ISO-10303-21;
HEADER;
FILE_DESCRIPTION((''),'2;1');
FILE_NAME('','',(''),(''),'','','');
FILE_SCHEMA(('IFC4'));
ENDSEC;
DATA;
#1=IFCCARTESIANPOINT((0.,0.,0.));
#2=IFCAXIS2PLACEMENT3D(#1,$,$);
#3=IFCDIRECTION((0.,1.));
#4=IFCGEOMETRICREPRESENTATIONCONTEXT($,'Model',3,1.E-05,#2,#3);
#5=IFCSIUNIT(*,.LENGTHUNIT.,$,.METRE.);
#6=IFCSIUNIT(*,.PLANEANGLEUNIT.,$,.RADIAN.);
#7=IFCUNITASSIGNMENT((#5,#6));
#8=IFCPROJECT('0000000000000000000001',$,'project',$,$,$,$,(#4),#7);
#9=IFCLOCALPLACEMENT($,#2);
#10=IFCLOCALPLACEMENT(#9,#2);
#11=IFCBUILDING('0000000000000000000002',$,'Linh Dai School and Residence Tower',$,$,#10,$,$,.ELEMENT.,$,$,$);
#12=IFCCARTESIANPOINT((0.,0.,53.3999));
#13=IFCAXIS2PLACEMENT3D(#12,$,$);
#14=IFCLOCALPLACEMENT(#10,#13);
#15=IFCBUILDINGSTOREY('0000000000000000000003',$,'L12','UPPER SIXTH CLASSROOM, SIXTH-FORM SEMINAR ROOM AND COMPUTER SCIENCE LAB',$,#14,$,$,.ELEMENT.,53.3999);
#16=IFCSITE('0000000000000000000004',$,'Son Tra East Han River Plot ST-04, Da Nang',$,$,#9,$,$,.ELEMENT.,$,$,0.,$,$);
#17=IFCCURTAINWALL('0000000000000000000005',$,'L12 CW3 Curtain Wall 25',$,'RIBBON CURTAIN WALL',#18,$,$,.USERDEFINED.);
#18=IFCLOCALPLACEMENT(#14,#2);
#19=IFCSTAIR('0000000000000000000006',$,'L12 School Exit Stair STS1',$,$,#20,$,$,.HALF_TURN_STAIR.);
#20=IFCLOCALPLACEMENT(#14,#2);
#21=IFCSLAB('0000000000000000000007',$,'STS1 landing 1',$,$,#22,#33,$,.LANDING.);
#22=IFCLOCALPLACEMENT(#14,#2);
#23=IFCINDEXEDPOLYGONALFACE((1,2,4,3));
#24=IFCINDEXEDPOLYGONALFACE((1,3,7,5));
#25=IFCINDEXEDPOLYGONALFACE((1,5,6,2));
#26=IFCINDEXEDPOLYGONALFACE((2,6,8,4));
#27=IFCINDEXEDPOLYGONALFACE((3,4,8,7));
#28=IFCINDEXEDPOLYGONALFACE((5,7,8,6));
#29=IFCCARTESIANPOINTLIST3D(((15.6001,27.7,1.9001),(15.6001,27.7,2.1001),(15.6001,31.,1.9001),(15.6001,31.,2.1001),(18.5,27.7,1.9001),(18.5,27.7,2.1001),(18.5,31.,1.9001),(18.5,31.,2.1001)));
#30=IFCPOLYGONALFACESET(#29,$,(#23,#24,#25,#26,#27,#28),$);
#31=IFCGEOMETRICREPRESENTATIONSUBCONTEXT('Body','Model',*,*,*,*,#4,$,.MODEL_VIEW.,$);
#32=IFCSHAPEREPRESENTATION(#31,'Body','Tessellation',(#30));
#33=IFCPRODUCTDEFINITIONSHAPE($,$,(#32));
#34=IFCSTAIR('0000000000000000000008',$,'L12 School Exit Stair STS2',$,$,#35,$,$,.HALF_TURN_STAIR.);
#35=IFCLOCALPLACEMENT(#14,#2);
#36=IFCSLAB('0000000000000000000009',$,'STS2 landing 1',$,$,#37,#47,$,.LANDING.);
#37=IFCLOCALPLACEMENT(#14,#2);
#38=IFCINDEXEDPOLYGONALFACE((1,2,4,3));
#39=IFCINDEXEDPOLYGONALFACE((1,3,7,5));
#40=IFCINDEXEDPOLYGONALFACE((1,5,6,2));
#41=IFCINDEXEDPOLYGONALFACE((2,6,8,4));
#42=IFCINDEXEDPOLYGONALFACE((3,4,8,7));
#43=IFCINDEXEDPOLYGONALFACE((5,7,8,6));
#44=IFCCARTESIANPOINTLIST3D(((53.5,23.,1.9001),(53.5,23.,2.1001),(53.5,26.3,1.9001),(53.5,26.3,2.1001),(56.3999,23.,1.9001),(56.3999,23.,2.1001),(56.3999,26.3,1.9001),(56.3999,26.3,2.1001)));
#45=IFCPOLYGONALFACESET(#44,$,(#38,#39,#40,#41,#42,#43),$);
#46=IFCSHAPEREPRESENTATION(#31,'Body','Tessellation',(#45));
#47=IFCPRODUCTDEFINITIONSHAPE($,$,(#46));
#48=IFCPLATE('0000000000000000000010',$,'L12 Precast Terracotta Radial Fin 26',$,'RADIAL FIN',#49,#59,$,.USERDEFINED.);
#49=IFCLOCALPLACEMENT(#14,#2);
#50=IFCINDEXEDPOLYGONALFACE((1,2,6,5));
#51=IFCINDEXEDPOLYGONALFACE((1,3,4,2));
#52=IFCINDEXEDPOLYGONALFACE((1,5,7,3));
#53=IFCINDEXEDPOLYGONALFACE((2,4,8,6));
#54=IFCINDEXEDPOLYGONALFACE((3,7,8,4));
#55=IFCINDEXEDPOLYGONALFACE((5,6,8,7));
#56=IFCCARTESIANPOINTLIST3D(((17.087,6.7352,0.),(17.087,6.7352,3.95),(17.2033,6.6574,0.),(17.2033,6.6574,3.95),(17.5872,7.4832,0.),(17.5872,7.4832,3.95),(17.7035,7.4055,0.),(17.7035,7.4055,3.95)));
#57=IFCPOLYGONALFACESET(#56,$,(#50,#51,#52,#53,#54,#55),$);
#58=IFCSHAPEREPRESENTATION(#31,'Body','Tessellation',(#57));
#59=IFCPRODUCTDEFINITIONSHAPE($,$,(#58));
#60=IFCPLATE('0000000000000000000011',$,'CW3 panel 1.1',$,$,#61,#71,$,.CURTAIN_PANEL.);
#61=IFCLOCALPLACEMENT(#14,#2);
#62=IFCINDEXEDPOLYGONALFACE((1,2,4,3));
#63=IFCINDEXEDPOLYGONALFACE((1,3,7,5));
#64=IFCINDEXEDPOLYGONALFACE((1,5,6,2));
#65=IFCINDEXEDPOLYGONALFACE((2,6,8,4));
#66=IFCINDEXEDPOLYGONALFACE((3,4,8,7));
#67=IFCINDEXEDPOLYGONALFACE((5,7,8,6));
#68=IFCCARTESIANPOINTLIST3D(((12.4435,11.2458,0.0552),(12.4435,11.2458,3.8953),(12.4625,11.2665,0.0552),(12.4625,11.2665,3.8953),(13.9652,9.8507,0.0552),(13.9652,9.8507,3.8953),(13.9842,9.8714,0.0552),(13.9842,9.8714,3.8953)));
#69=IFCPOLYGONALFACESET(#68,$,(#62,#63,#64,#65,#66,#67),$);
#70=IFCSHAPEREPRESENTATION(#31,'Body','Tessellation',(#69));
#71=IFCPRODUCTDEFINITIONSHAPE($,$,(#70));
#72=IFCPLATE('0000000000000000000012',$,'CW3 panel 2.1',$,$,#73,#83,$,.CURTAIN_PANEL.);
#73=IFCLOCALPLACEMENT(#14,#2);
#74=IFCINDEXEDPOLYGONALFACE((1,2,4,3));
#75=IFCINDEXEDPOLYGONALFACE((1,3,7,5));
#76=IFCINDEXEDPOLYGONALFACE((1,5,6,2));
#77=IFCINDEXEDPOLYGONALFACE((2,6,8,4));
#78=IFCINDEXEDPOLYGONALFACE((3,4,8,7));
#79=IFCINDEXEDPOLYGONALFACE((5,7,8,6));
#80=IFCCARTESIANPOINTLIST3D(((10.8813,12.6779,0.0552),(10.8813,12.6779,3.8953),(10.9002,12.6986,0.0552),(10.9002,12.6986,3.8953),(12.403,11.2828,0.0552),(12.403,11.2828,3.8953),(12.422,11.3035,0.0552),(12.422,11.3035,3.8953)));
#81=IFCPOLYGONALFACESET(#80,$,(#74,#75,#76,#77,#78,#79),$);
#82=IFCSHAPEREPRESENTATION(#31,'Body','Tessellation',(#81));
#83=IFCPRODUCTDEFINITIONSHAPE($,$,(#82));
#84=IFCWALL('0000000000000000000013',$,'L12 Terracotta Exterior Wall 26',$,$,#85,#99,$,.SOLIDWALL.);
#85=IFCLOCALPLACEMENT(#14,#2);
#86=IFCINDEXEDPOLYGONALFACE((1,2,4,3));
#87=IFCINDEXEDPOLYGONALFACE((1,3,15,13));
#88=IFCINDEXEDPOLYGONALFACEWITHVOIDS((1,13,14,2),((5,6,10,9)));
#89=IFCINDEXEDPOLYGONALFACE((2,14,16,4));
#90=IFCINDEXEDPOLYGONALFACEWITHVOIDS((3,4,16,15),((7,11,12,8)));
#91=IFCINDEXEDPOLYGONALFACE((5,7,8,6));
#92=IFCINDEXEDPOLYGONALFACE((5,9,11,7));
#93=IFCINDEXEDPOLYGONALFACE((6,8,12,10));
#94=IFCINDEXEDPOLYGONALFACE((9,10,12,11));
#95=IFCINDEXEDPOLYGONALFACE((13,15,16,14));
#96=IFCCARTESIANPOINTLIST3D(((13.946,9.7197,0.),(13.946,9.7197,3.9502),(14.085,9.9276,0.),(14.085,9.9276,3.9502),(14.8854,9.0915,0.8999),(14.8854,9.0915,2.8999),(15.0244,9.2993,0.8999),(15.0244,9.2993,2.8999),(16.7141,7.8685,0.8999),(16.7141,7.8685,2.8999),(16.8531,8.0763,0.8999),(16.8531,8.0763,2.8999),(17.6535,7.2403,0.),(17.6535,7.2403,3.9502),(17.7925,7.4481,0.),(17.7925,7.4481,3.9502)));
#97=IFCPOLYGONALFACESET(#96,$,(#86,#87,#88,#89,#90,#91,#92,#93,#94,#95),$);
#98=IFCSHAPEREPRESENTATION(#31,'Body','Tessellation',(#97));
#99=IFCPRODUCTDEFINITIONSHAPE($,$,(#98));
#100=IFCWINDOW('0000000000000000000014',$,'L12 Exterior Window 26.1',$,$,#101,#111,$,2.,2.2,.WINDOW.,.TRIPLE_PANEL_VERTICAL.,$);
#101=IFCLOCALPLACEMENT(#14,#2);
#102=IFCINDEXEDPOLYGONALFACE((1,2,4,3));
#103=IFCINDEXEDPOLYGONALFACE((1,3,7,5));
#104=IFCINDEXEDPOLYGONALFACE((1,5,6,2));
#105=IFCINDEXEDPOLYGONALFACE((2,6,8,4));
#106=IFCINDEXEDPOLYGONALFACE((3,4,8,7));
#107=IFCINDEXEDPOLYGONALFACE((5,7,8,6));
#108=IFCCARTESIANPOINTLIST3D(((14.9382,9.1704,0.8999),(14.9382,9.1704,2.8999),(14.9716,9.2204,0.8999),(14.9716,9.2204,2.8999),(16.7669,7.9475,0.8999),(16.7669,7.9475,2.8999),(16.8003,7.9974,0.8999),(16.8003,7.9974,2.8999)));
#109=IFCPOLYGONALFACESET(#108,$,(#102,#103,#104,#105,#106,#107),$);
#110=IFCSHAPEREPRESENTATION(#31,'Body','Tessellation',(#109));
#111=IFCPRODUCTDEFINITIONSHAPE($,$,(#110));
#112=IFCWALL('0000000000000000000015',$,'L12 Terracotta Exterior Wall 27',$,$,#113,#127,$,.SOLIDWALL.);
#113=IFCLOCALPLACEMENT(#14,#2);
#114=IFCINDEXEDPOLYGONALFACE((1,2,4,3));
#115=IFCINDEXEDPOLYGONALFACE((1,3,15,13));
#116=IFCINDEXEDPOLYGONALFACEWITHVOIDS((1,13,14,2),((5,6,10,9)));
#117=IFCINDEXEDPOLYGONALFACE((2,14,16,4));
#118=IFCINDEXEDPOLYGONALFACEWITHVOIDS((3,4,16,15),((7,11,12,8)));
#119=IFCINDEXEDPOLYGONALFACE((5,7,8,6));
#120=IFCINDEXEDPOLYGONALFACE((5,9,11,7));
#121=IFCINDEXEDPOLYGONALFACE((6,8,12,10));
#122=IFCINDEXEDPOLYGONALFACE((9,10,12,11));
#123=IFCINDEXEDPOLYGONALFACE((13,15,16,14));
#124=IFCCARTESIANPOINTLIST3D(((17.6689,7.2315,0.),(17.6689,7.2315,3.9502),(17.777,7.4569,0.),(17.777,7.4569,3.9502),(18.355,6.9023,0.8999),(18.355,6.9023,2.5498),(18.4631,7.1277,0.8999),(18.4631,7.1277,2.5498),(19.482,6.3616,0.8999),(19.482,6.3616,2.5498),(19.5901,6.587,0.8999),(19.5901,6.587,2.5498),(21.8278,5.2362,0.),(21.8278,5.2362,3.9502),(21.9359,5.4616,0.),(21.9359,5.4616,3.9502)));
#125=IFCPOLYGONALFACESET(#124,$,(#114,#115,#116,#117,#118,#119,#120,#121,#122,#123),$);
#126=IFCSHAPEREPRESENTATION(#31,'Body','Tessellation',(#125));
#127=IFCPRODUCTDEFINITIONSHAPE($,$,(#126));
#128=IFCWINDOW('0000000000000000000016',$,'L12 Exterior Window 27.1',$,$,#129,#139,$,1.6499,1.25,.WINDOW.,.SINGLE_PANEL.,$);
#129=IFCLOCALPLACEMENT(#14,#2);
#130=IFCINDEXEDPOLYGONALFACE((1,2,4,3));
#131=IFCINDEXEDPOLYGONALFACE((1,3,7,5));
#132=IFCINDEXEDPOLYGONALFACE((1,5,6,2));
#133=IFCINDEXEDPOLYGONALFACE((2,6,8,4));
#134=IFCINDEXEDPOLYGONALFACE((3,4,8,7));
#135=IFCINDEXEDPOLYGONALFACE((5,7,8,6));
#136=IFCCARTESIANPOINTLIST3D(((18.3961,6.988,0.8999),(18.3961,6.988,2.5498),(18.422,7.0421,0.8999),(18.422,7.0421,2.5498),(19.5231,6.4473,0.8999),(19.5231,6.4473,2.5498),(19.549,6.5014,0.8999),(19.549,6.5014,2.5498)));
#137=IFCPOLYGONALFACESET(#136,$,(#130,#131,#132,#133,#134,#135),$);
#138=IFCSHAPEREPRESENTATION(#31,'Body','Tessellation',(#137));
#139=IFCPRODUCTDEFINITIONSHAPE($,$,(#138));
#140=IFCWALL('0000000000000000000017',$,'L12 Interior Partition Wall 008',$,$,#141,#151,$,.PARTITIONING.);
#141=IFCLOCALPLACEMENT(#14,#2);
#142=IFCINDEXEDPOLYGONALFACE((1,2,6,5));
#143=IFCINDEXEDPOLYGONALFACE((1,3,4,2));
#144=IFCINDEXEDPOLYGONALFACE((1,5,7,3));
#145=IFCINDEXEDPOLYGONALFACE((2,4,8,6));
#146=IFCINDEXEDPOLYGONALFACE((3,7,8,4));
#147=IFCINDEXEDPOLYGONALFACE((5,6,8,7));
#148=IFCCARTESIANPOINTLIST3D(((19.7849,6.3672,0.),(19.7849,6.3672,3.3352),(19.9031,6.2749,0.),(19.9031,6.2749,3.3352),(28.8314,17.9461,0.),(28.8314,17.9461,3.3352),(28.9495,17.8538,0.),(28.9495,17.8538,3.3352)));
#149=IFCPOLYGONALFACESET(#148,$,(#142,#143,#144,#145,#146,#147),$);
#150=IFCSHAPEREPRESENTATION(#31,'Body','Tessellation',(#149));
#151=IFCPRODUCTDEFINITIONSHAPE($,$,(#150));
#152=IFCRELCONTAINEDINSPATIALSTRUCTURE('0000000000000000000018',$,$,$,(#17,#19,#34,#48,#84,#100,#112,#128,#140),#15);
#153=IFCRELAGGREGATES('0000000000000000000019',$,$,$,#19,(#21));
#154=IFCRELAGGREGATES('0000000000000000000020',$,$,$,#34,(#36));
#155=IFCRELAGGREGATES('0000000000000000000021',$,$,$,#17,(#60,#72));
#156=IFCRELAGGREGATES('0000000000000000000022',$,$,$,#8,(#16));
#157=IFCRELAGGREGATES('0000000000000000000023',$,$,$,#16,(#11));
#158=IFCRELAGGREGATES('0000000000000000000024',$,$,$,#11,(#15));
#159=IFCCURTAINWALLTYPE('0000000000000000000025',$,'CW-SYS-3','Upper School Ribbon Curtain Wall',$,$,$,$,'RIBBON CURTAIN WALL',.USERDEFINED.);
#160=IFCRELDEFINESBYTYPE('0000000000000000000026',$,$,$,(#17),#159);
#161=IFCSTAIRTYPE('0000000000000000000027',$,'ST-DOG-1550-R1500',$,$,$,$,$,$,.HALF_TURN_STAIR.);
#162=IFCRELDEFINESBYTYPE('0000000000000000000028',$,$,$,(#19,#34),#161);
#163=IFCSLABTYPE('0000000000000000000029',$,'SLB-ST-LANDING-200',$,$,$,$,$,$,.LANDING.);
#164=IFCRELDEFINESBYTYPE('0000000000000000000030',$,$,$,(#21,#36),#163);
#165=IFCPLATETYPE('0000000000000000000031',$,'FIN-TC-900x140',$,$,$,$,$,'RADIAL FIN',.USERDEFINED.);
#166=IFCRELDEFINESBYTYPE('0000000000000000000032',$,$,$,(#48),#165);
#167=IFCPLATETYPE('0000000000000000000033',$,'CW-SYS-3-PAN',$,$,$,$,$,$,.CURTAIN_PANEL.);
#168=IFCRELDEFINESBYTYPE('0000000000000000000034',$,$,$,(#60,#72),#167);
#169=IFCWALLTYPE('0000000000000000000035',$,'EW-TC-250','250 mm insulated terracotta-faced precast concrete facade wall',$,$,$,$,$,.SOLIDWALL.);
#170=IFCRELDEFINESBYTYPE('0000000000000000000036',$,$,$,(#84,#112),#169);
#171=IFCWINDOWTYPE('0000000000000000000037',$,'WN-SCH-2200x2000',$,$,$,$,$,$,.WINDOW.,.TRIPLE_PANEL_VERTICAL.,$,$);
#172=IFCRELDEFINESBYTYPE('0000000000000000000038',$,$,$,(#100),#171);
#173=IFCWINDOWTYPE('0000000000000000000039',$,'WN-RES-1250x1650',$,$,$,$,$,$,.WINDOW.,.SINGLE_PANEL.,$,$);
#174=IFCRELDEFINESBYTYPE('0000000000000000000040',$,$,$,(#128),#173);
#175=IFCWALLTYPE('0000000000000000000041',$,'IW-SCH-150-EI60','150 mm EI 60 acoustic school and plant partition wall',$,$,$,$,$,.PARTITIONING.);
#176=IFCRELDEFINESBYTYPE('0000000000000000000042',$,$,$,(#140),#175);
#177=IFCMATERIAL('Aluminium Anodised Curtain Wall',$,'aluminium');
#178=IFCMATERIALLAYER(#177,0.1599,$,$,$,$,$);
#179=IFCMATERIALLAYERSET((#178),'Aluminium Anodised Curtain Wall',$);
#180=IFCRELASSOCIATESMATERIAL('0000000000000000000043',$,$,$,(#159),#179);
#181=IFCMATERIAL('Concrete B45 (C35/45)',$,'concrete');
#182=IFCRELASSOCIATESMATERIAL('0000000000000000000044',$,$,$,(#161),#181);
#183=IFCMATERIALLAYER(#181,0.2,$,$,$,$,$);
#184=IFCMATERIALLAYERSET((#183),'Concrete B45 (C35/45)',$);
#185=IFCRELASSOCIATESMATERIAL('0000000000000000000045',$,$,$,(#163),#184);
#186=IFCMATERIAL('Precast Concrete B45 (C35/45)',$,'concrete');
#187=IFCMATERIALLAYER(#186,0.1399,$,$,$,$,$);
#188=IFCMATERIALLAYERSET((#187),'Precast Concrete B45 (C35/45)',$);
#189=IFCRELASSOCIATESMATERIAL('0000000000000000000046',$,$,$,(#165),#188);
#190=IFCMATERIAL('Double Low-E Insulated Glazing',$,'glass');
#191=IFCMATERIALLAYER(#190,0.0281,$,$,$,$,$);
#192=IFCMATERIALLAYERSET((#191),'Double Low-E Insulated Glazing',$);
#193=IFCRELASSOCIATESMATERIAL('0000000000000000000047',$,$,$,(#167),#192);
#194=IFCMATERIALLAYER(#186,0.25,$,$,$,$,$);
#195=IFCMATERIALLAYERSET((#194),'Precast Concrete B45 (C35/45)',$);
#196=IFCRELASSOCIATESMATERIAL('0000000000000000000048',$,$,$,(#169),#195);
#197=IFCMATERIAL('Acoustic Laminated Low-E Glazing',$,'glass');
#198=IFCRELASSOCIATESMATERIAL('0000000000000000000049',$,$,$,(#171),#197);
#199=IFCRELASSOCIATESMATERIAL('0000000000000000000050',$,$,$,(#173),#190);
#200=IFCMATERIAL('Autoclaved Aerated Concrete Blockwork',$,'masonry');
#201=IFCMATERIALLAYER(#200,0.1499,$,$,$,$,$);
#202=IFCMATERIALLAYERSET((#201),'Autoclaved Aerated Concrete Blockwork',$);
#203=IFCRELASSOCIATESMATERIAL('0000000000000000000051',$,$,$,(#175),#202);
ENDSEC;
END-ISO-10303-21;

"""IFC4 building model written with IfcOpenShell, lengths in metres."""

from ifc_helpers import new_model, si_unit, direction, frame, frame_2d, origin, origin_2d, place, context, subcontext, project, spatial, polyline, rectangle, outline, extrude, source, transform, mapped, material, layer, layer_set, type_object, element, fill, aggregate, save


model = new_model("IFC4")

# Units and contexts
model_context = context("Model", 3, precision=1e-05, world=origin(), true_north=direction((0.0, 1.0)))
body_context = subcontext(model_context, "Body", "Model", "MODEL_VIEW")
ifc_project = project(units=[si_unit("LENGTHUNIT", "METRE"), si_unit("PLANEANGLEUNIT", "RADIAN")], contexts=[model_context])

# Site, building, storey
site_placement = place(None, origin())
site = spatial("IfcSite", under=ifc_project, at=site_placement, Name="Son Tra East Han River Plot ST-04, Da Nang", CompositionType="ELEMENT", RefElevation=0.0)
building_placement = place(site_placement, origin())
building = spatial("IfcBuilding", under=site, at=building_placement, Name="Linh Dai School and Residence Tower", CompositionType="ELEMENT")
storey_placement = place(building_placement, frame((0.0, 0.0, 53.3999)))
storey = spatial("IfcBuildingStorey", under=building, at=storey_placement, Name="L12", Description="UPPER SIXTH CLASSROOM, SIXTH-FORM SEMINAR ROOM AND COMPUTER SCIENCE LAB", CompositionType="ELEMENT", Elevation=53.3999)

# Curtain wall
ifc_material_1 = material(Name="Aluminium Anodised Curtain Wall", Category="aluminium")
ifc_layer_1 = layer(ifc_material_1, 0.1599)
ifc_layer_set_1 = layer_set([ifc_layer_1], Name="Aluminium Anodised Curtain Wall")
curtain_wall_type = type_object("IfcCurtainWallType", Name="CW-SYS-3", Description="Upper School Ribbon Curtain Wall", ElementType="RIBBON CURTAIN WALL", PredefinedType="USERDEFINED", material=ifc_layer_set_1)
curtain_wall_placement = place(storey_placement, origin())
curtain_wall = element("IfcCurtainWall", 1, at=curtain_wall_placement, inside=storey, type_object=curtain_wall_type, Name="L12 CW3 Curtain Wall 25", ObjectType="RIBBON CURTAIN WALL", PredefinedType="USERDEFINED")

# Shared definitions
ifc_material_2 = material(Name="Concrete B45 (C35/45)", Category="concrete")

# Stairs, slabs
stair_type = type_object("IfcStairType", Name="ST-DOG-1550-R1500", PredefinedType="HALF_TURN_STAIR", material=ifc_material_2)
ifc_layer_2 = layer(ifc_material_2, 0.2)
ifc_layer_set_2 = layer_set([ifc_layer_2], Name="Concrete B45 (C35/45)")
slab_type_1 = type_object("IfcSlabType", Name="SLB-ST-LANDING-200", PredefinedType="LANDING", material=ifc_layer_set_2)
stair_1_placement = place(storey_placement, origin())
stair_1 = element("IfcStair", 2, at=stair_1_placement, inside=storey, type_object=stair_type, Name="L12 School Exit Stair STS1", PredefinedType="HALF_TURN_STAIR")
slab_1_placement = place(storey_placement, frame((0.0, 0.0, 1.9001)))
slab_1 = element("IfcSlab", 3, at=slab_1_placement, type_object=slab_type_1, Name="STS1 landing 1", PredefinedType="LANDING", context=body_context, shape_type="SweptSolid", body=[
    extrude(outline(polyline([(18.5, 31.0), (15.6001, 31.0), (15.6001, 27.7), (18.5, 27.7), (18.5, 31.0)])), origin(), (0.0, 0.0, 1.0), 0.2),
])
aggregate(stair_1, [slab_1])
stair_2_placement = place(storey_placement, origin())
stair_2 = element("IfcStair", 4, at=stair_2_placement, inside=storey, type_object=stair_type, Name="L12 School Exit Stair STS2", PredefinedType="HALF_TURN_STAIR")
slab_2_placement = place(storey_placement, frame((0.0, 0.0, 1.9001)))
slab_2 = element("IfcSlab", 5, at=slab_2_placement, type_object=slab_type_1, Name="STS2 landing 1", PredefinedType="LANDING", context=body_context, shape_type="SweptSolid", body=[
    extrude(outline(polyline([(53.5, 23.0), (56.3999, 23.0), (56.3999, 26.3), (53.5, 26.3), (53.5, 23.0)])), origin(), (0.0, 0.0, 1.0), 0.2),
])
aggregate(stair_2, [slab_2])

# Plates
ifc_material_3 = material(Name="Precast Concrete B45 (C35/45)", Category="concrete")
ifc_layer_3 = layer(ifc_material_3, 0.1399)
ifc_layer_set_3 = layer_set([ifc_layer_3], Name="Precast Concrete B45 (C35/45)")
plate_type_1 = type_object("IfcPlateType", Name="FIN-TC-900x140", ElementType="RADIAL FIN", PredefinedType="USERDEFINED", material=ifc_layer_set_3)
shared_shape_1 = source(origin(), body_context, "Body", "SweptSolid", [
    extrude(rectangle(XDim=0.8999, YDim=0.1399, at=origin_2d()), origin(), (0.0, 0.0, 1.0), 3.95),
])
plate_1_placement = place(storey_placement, frame((17.3953, 7.0703, 0.0), z_axis=(0.0, 0.0, 1.0), x_axis=(-0.555898, -0.831251, 0.0)))
element("IfcPlate", 6, at=plate_1_placement, inside=storey, type_object=plate_type_1, Name="L12 Precast Terracotta Radial Fin 26", ObjectType="RADIAL FIN", PredefinedType="USERDEFINED", context=body_context, shape_type="MappedRepresentation", body=[
    mapped(shared_shape_1, transform((0.0, 0.0, 0.0), x_axis=(1.0, 0.0, 0.0), y_axis=(0.0, 1.0, 0.0), z_axis=(0.0, 0.0, 1.0), scale=1.0)),
])
ifc_material_4 = material(Name="Double Low-E Insulated Glazing", Category="glass")
ifc_layer_4 = layer(ifc_material_4, 0.0281)
ifc_layer_set_4 = layer_set([ifc_layer_4], Name="Double Low-E Insulated Glazing")
plate_type_2 = type_object("IfcPlateType", Name="CW-SYS-3-PAN", PredefinedType="CURTAIN_PANEL", material=ifc_layer_set_4)
shared_shape_2 = source(origin(), body_context, "Body", "SweptSolid", [
    extrude(rectangle(XDim=2.0645, YDim=0.0281, at=origin_2d()), origin(), (0.0, 0.0, 1.0), 3.8401),
])
plate_2_placement = place(storey_placement, frame((13.2139, 10.5586, 0.0552), z_axis=(0.0, 0.0, 1.0), x_axis=(-0.737113, 0.675769, 0.0)))
plate_2 = element("IfcPlate", 7, at=plate_2_placement, type_object=plate_type_2, Name="CW3 panel 1.1", PredefinedType="CURTAIN_PANEL", context=body_context, shape_type="MappedRepresentation", body=[
    mapped(shared_shape_2, transform((0.0, 0.0, 0.0), x_axis=(1.0, 0.0, 0.0), y_axis=(0.0, 1.0, 0.0), z_axis=(0.0, 0.0, 1.0), scale=1.0)),
])
plate_3_placement = place(storey_placement, frame((11.6516, 11.9907, 0.0552), z_axis=(0.0, 0.0, 1.0), x_axis=(-0.737113, 0.675769, 0.0)))
plate_3 = element("IfcPlate", 8, at=plate_3_placement, type_object=plate_type_2, Name="CW3 panel 2.1", PredefinedType="CURTAIN_PANEL", context=body_context, shape_type="MappedRepresentation", body=[
    mapped(shared_shape_2, transform((0.0, 0.0, 0.0), x_axis=(1.0, 0.0, 0.0), y_axis=(0.0, 1.0, 0.0), z_axis=(0.0, 0.0, 1.0), scale=1.0)),
])
aggregate(curtain_wall, [plate_2, plate_3])

# Walls, openings, windows
ifc_layer_5 = layer(ifc_material_3, 0.25)
ifc_layer_set_5 = layer_set([ifc_layer_5], Name="Precast Concrete B45 (C35/45)")
wall_type_1 = type_object("IfcWallType", Name="EW-TC-250", Description="250 mm insulated terracotta-faced precast concrete facade wall", PredefinedType="SOLIDWALL", material=ifc_layer_set_5)
wall_1_placement = place(storey_placement, frame((17.7229, 7.3442, 0.0), z_axis=(0.0, 0.0, 1.0), x_axis=(-0.831241, 0.555912, 0.0)))
wall_1 = element("IfcWall", 9, at=wall_1_placement, inside=storey, type_object=wall_type_1, Name="L12 Terracotta Exterior Wall 26", PredefinedType="SOLIDWALL", context=body_context, shape_type="SweptSolid", body=[
    extrude(rectangle(XDim=4.4602, YDim=0.25, at=frame_2d((2.23, 0.0))), origin(), (0.0, 0.0, 1.0), 3.9502),
])
opening_1_placement = place(wall_1_placement, frame((1.1299, 0.0, 0.8999)))
opening_1 = element("IfcOpeningElement", 10, at=opening_1_placement, cuts=wall_1, PredefinedType="OPENING", context=body_context, shape_type="SweptSolid", body=[
    extrude(rectangle(XDim=2.2, YDim=2.0, at=origin_2d()), frame((1.1001, 0.135, 1.0), z_axis=(0.0, -1.0, 0.0), x_axis=(1.0, 0.0, 0.0)), (0.0, 0.0, 1.0), 0.27),
])
ifc_material_5 = material(Name="Acoustic Laminated Low-E Glazing", Category="glass")
window_type_1 = type_object("IfcWindowType", Name="WN-SCH-2200x2000", PartitioningType="TRIPLE_PANEL_VERTICAL", PredefinedType="WINDOW", material=ifc_material_5)
shared_shape_3 = source(origin(), body_context, "Body", "SweptSolid", [
    extrude(rectangle(XDim=2.2, YDim=2.0, at=origin_2d()), frame((1.1001, 0.03, 1.0), z_axis=(0.0, -1.0, 0.0), x_axis=(1.0, 0.0, 0.0)), (0.0, 0.0, 1.0), 0.0601),
])
window_1_placement = place(opening_1_placement, origin())
window_1 = element("IfcWindow", 11, at=window_1_placement, inside=storey, type_object=window_type_1, Name="L12 Exterior Window 26.1", OverallHeight=2.0, OverallWidth=2.2, PartitioningType="TRIPLE_PANEL_VERTICAL", PredefinedType="WINDOW", context=body_context, shape_type="MappedRepresentation", body=[
    mapped(shared_shape_3, transform((0.0, 0.0, 0.0), x_axis=(1.0, 0.0, 0.0), y_axis=(0.0, 1.0, 0.0), z_axis=(0.0, 0.0, 1.0), scale=1.0)),
])
fill(opening_1, window_1)
wall_2_placement = place(storey_placement, frame((21.8818, 5.3489, 0.0), z_axis=(0.0, 0.0, 1.0), x_axis=(-0.901602, 0.432568, 0.0)))
wall_2 = element("IfcWall", 12, at=wall_2_placement, inside=storey, type_object=wall_type_1, Name="L12 Terracotta Exterior Wall 27", PredefinedType="SOLIDWALL", context=body_context, shape_type="SweptSolid", body=[
    extrude(rectangle(XDim=4.6128, YDim=0.25, at=frame_2d((2.3064, 0.0))), origin(), (0.0, 0.0, 1.0), 3.9502),
])
opening_2_placement = place(wall_2_placement, frame((2.6018, 0.0, 0.8999)))
opening_2 = element("IfcOpeningElement", 13, at=opening_2_placement, cuts=wall_2, PredefinedType="OPENING", context=body_context, shape_type="SweptSolid", body=[
    extrude(rectangle(XDim=1.25, YDim=1.6499, at=origin_2d()), frame((0.625, 0.135, 0.825), z_axis=(0.0, -1.0, 0.0), x_axis=(1.0, 0.0, 0.0)), (0.0, 0.0, 1.0), 0.27),
])
window_type_2 = type_object("IfcWindowType", Name="WN-RES-1250x1650", PartitioningType="SINGLE_PANEL", PredefinedType="WINDOW", material=ifc_material_4)
shared_shape_4 = source(origin(), body_context, "Body", "SweptSolid", [
    extrude(rectangle(XDim=1.25, YDim=1.6499, at=origin_2d()), frame((0.625, 0.03, 0.825), z_axis=(0.0, -1.0, 0.0), x_axis=(1.0, 0.0, 0.0)), (0.0, 0.0, 1.0), 0.0601),
])
window_2_placement = place(opening_2_placement, origin())
window_2 = element("IfcWindow", 14, at=window_2_placement, inside=storey, type_object=window_type_2, Name="L12 Exterior Window 27.1", OverallHeight=1.6499, OverallWidth=1.25, PartitioningType="SINGLE_PANEL", PredefinedType="WINDOW", context=body_context, shape_type="MappedRepresentation", body=[
    mapped(shared_shape_4, transform((0.0, 0.0, 0.0), x_axis=(1.0, 0.0, 0.0), y_axis=(0.0, 1.0, 0.0), z_axis=(0.0, 0.0, 1.0), scale=1.0)),
])
fill(opening_2, window_2)

# Wall
ifc_material_6 = material(Name="Autoclaved Aerated Concrete Blockwork", Category="masonry")
ifc_layer_6 = layer(ifc_material_6, 0.1499)
ifc_layer_set_6 = layer_set([ifc_layer_6], Name="Autoclaved Aerated Concrete Blockwork")
wall_type_2 = type_object("IfcWallType", Name="IW-SCH-150-EI60", Description="150 mm EI 60 acoustic school and plant partition wall", PredefinedType="PARTITIONING", material=ifc_layer_set_6)
wall_3_placement = place(storey_placement, frame((19.844, 6.321, 0.0), z_axis=(0.0, 0.0, 1.0), x_axis=(0.615661, 0.788011, 0.0)))
element("IfcWall", 15, at=wall_3_placement, inside=storey, type_object=wall_type_2, Name="L12 Interior Partition Wall 008", PredefinedType="PARTITIONING", context=body_context, shape_type="SweptSolid", body=[
    extrude(rectangle(XDim=14.6938, YDim=0.1499, at=frame_2d((7.3469, 0.0))), origin(), (0.0, 0.0, 1.0), 3.3352),
])

save(model, "model.ifc")
